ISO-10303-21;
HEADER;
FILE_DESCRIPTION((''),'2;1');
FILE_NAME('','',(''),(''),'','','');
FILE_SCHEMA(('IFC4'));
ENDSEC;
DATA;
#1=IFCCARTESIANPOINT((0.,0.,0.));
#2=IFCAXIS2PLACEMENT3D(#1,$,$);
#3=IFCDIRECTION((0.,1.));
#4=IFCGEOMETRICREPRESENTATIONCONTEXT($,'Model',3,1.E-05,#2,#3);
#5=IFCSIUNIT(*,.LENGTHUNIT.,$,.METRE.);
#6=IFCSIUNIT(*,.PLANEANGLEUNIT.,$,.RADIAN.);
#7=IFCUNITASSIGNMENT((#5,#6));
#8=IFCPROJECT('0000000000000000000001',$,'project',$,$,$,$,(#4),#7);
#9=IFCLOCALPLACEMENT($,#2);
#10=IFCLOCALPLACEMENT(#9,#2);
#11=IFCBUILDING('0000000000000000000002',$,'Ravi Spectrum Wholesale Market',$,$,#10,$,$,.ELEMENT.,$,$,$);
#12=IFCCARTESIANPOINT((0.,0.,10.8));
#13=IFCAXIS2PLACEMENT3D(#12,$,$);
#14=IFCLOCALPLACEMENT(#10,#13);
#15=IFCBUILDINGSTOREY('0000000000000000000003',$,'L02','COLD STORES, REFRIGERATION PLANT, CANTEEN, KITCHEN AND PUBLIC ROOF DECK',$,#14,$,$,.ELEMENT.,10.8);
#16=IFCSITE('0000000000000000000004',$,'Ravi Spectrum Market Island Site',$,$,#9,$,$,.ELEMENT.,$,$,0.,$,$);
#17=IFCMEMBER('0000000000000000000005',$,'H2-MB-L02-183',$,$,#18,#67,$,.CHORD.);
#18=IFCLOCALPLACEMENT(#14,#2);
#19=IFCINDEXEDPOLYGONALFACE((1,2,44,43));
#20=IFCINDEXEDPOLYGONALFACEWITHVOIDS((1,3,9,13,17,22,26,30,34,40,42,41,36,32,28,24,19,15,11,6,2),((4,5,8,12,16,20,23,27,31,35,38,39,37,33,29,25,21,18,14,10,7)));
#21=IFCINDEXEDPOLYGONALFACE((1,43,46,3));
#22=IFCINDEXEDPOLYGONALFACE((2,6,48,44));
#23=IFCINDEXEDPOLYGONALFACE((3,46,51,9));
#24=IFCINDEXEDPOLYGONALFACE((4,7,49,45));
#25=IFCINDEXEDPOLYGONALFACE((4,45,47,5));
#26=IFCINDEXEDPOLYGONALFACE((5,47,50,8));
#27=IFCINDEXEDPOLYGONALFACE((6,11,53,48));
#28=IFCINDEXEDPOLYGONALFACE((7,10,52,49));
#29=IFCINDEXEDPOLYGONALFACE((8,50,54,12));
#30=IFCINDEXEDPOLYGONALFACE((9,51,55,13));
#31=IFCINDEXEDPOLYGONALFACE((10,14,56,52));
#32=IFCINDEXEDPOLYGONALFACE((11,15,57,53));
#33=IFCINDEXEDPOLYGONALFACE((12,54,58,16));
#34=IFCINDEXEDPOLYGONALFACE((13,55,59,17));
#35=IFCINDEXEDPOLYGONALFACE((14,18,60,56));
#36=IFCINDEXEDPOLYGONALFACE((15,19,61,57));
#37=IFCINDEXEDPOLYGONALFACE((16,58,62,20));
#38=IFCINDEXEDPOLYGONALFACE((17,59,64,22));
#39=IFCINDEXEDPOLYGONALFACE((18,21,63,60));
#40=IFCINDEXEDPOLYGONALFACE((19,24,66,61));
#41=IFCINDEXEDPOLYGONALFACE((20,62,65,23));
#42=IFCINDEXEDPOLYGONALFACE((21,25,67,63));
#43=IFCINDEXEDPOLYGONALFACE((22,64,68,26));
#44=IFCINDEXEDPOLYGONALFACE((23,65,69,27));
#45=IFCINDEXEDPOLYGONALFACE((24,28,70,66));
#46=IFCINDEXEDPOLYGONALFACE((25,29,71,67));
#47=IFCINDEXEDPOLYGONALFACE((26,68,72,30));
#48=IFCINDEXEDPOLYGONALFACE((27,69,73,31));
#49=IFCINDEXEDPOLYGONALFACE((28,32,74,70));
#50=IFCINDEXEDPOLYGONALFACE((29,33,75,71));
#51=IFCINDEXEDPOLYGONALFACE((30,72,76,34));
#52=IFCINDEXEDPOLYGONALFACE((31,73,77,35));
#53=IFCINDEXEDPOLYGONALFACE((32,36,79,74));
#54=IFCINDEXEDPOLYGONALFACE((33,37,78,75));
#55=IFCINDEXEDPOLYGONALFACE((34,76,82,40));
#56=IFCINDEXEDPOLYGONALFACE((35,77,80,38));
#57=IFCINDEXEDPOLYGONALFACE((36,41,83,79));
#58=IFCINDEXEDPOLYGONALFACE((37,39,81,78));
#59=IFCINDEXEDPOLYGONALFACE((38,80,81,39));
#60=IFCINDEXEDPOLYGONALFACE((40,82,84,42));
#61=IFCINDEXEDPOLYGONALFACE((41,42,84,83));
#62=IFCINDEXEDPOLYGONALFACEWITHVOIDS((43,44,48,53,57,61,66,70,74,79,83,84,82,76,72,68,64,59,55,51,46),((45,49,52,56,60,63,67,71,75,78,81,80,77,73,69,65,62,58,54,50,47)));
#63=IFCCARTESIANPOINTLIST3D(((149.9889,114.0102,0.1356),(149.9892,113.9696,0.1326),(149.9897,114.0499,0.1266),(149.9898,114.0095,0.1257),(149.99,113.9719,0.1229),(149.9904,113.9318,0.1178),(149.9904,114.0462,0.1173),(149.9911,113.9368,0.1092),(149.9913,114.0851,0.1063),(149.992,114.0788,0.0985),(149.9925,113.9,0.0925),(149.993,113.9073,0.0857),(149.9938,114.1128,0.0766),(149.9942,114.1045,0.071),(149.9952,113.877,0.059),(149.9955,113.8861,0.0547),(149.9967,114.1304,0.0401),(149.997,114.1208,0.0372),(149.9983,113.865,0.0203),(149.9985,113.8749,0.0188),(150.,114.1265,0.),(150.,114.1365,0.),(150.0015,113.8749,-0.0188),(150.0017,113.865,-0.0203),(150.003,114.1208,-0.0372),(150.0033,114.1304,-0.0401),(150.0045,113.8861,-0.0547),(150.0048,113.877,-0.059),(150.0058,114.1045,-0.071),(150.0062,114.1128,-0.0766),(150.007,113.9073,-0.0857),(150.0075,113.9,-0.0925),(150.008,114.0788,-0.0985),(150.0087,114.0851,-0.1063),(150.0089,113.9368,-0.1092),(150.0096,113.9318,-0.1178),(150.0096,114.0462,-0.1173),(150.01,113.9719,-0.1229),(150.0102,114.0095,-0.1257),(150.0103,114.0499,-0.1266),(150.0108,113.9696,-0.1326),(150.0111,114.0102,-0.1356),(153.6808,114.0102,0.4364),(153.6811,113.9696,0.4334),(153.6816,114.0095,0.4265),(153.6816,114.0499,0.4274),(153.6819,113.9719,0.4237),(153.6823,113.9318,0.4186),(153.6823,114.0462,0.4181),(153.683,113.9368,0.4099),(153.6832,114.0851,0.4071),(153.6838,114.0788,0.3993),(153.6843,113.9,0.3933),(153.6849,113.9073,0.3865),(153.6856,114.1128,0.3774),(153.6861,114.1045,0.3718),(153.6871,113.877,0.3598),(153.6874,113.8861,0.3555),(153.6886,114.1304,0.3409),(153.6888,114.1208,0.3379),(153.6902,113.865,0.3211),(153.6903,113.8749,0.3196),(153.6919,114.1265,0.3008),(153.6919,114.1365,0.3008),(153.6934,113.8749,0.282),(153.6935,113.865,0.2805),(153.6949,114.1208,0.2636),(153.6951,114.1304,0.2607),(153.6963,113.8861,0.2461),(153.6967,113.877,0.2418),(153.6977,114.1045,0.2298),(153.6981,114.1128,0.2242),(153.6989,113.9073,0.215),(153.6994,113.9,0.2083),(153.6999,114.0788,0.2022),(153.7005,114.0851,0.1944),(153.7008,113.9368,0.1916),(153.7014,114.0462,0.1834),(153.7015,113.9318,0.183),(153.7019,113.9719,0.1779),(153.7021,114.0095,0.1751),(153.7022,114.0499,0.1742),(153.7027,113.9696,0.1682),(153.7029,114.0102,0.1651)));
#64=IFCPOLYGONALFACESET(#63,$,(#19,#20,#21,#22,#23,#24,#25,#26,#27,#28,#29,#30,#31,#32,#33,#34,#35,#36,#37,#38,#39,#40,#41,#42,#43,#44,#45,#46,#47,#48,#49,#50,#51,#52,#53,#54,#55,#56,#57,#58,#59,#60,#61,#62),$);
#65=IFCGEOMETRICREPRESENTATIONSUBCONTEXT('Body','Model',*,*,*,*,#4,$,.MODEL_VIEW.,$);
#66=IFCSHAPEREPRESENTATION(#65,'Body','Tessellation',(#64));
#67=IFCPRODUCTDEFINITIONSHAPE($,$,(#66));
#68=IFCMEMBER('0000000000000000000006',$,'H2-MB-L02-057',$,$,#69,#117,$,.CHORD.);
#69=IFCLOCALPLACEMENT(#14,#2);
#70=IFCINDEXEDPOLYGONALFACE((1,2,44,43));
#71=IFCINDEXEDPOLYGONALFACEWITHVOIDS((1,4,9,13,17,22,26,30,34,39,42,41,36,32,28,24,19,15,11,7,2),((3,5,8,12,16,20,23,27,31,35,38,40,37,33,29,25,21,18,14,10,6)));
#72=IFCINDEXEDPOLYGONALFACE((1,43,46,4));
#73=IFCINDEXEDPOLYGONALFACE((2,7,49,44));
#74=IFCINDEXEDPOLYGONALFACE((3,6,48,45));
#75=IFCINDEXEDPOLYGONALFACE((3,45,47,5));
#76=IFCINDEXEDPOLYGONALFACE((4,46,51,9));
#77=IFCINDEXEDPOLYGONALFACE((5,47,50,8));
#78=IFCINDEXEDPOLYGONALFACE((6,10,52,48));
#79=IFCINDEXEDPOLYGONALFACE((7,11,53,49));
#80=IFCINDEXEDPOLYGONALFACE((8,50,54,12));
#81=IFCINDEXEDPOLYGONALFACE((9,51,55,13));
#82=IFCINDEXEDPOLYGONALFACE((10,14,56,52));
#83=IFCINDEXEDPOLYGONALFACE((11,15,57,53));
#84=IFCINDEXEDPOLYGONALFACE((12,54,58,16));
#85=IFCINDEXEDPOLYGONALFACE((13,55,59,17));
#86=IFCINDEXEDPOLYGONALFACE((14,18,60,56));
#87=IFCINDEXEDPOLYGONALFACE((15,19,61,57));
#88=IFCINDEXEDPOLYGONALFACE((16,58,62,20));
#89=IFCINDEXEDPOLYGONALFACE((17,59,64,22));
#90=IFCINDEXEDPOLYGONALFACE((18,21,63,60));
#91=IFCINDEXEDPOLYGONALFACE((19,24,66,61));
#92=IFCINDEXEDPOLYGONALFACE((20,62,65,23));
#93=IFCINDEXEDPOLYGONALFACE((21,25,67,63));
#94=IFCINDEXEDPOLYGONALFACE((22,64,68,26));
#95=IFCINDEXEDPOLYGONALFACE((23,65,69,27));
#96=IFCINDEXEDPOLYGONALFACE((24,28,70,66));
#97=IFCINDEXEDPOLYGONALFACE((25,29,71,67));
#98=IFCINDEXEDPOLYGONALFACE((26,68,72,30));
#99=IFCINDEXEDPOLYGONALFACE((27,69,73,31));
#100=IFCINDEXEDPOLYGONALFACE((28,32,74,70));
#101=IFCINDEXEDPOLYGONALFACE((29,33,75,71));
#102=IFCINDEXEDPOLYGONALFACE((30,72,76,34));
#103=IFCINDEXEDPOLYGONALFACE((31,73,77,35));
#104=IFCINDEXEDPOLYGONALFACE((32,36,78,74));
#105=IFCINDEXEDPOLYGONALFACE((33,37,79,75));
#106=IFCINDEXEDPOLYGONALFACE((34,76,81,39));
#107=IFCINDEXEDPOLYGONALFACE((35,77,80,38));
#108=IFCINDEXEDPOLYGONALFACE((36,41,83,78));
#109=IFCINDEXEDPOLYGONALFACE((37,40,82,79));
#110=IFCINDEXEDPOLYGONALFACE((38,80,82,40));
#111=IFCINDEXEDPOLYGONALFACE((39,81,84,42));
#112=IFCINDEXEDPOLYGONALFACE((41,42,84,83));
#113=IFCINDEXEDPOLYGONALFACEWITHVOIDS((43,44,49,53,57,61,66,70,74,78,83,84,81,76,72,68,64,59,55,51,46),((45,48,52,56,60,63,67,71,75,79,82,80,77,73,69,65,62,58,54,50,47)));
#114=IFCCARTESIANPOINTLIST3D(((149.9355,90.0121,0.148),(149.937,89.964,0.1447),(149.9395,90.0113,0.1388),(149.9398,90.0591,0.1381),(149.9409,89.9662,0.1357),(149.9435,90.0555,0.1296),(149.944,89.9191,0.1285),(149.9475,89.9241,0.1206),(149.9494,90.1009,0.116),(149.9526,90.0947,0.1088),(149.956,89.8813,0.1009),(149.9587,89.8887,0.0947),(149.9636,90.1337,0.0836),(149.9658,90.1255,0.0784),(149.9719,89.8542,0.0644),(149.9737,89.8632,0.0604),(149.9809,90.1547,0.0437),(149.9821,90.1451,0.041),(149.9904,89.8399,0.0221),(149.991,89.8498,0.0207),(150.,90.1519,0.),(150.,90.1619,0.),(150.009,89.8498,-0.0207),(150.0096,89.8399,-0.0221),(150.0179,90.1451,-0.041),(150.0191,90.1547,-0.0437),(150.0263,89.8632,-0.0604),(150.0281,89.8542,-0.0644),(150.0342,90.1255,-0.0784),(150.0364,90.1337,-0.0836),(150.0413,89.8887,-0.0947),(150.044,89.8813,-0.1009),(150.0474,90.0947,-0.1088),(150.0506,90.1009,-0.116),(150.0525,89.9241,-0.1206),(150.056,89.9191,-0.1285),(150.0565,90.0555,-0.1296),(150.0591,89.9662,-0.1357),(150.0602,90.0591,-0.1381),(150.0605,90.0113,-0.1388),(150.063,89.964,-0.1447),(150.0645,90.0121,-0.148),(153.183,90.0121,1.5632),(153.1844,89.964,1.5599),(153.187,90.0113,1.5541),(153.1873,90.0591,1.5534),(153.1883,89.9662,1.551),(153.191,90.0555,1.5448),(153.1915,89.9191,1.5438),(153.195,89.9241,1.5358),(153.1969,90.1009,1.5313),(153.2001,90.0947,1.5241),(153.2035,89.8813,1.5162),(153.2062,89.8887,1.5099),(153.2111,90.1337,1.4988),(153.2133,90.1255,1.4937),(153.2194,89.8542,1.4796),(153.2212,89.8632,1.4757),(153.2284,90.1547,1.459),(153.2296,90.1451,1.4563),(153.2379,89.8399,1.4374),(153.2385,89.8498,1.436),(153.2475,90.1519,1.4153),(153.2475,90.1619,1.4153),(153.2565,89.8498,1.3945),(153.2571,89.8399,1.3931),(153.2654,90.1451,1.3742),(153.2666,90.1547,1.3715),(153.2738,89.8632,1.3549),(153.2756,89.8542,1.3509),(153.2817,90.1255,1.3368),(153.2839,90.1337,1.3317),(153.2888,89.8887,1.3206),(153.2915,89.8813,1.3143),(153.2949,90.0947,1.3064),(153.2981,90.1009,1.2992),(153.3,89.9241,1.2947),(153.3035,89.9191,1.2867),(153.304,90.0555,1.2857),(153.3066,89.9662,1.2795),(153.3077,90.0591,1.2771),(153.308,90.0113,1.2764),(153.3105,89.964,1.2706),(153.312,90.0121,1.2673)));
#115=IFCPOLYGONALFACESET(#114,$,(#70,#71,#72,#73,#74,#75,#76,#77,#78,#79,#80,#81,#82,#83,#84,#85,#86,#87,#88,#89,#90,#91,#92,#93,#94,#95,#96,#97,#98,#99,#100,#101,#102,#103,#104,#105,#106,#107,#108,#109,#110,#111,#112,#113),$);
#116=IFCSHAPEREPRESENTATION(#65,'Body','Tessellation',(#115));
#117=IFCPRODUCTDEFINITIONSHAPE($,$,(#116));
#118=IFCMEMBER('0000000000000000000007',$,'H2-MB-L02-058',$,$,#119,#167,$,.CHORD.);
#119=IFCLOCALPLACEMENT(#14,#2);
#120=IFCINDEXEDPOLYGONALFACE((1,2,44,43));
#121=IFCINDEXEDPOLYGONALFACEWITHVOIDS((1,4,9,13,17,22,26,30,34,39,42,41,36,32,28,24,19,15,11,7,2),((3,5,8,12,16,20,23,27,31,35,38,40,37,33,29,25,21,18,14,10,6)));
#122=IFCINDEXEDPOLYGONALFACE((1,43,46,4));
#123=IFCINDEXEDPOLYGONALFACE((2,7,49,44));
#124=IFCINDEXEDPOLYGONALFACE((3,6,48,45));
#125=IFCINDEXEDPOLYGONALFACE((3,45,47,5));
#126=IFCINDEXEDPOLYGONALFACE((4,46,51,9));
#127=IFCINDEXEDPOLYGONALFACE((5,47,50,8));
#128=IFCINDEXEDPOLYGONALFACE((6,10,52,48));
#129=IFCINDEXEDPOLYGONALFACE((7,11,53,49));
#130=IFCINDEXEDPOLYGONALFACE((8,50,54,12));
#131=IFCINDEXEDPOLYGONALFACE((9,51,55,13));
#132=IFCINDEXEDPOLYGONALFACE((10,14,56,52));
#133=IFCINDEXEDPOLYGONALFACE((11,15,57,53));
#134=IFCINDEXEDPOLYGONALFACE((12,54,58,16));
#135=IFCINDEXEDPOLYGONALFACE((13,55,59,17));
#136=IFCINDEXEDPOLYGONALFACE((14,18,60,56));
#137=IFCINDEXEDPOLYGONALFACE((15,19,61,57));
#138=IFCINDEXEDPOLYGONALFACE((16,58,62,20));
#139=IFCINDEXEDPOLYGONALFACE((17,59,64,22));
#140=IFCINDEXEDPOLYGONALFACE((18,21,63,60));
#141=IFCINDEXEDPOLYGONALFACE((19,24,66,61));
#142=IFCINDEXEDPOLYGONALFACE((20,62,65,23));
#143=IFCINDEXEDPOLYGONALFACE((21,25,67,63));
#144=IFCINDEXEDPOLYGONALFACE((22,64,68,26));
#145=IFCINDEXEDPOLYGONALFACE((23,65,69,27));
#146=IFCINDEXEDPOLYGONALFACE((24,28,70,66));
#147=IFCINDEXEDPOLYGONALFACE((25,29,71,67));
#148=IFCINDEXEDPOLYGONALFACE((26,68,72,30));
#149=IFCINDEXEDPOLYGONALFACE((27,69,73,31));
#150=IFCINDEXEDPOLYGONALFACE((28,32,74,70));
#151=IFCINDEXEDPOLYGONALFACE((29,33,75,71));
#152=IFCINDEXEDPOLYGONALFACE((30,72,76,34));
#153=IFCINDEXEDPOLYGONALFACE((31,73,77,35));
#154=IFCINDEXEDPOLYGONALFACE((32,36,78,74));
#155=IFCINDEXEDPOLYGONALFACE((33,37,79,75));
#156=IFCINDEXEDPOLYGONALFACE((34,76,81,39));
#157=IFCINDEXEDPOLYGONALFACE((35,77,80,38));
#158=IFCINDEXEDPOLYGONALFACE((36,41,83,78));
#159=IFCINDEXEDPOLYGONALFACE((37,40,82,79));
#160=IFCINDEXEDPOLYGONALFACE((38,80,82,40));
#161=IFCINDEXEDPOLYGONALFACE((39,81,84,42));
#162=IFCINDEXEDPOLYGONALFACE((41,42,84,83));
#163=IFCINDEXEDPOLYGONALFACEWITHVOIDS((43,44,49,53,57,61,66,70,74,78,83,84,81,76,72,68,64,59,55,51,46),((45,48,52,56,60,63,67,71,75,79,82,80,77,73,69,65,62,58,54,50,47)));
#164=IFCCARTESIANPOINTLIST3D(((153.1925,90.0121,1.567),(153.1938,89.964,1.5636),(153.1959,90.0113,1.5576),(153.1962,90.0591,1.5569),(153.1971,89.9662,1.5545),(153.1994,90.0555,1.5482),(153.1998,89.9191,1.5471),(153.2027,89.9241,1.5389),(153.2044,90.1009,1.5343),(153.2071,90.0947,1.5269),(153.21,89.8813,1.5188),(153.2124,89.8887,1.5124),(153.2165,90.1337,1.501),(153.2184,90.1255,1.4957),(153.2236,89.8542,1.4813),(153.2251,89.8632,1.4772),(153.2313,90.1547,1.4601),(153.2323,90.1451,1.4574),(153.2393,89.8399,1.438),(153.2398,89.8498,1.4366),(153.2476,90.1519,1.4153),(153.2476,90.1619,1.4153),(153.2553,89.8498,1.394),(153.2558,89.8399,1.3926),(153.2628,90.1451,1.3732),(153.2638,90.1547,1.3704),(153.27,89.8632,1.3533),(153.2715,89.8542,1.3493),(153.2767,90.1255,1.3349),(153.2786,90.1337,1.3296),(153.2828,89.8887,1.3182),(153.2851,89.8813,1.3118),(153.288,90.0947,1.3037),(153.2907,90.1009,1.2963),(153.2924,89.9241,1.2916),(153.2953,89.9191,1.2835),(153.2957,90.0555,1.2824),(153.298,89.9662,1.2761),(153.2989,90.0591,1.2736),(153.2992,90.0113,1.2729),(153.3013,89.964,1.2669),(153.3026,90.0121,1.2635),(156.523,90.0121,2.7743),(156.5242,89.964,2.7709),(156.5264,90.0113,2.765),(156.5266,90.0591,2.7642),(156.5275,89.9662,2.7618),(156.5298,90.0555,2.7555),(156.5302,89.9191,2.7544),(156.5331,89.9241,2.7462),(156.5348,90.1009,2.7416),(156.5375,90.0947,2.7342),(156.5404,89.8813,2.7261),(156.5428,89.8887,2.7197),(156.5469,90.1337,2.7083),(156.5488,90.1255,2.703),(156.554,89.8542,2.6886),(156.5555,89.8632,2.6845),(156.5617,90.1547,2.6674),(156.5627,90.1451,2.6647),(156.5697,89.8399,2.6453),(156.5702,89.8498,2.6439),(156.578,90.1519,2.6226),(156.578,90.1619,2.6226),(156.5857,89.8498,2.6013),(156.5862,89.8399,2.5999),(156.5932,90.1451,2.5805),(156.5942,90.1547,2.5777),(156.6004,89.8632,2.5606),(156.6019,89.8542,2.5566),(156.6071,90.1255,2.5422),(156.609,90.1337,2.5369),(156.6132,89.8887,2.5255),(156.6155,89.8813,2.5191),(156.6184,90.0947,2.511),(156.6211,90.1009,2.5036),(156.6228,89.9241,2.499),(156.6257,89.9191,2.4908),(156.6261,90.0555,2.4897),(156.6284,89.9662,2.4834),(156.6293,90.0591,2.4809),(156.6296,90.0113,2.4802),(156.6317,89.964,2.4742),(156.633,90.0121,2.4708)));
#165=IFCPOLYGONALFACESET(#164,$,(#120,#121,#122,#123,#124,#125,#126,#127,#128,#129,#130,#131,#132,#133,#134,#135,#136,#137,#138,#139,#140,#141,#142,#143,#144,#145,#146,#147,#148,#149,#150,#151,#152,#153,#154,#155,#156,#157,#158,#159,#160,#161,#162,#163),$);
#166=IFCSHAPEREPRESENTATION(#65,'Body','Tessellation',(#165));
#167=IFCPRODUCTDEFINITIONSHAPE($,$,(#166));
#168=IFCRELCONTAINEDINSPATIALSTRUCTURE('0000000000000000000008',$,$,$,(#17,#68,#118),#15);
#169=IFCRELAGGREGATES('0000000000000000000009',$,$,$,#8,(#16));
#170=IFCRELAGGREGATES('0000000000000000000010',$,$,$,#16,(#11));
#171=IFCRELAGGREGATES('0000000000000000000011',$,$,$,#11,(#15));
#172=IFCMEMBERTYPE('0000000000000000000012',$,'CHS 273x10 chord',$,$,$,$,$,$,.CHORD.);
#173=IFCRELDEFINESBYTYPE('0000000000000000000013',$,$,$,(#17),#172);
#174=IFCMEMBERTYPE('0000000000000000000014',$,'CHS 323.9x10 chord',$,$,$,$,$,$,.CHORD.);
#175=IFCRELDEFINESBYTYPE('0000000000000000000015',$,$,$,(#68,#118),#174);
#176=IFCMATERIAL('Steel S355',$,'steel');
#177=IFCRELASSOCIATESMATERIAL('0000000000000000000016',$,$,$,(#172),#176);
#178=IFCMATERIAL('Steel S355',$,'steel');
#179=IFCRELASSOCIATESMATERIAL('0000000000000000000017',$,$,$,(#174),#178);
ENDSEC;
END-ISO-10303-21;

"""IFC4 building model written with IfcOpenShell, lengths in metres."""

from ifc_helpers import new_model, si_unit, direction, frame, origin, origin_2d, place, context, subcontext, project, spatial, hollow_circle, extrude, material, material_profile, profile_set, type_object, element, save


model = new_model("IFC4")

# Units and contexts
model_context = context("Model", 3, precision=1e-05, world=origin(), true_north=direction((0.0, 1.0)))
body_context = subcontext(model_context, "Body", "Model", "MODEL_VIEW")
ifc_project = project(units=[si_unit("LENGTHUNIT", "METRE"), si_unit("PLANEANGLEUNIT", "RADIAN")], contexts=[model_context])

# Site, building, storey
site_placement = place(None, origin())
site = spatial("IfcSite", under=ifc_project, at=site_placement, Name="Ravi Spectrum Market Island Site", CompositionType="ELEMENT", RefElevation=0.0)
building_placement = place(site_placement, origin())
building = spatial("IfcBuilding", under=site, at=building_placement, Name="Ravi Spectrum Wholesale Market", CompositionType="ELEMENT")
storey_placement = place(building_placement, frame((0.0, 0.0, 10.8)))
storey = spatial("IfcBuildingStorey", under=building, at=storey_placement, Name="L02", Description="COLD STORES, REFRIGERATION PLANT, CANTEEN, KITCHEN AND PUBLIC ROOF DECK", CompositionType="ELEMENT", Elevation=10.8)

# Members
ifc_material_1 = material(Name="Steel S355", Category="steel")
ifc_material_profile_1 = material_profile(ifc_material_1, hollow_circle(Radius=0.1365, WallThickness=0.01, at=origin_2d()))
ifc_profile_set_1 = profile_set([ifc_material_profile_1], Name="Steel S355")
member_type_1 = type_object("IfcMemberType", Name="CHS 273x10 chord", PredefinedType="CHORD", material=ifc_profile_set_1)
for number, where, z_axis, x_axis, name in (
    (1, (150.0, 114.0, 0.0), (0.996698, 0.0, 0.081202), (0.0, 1.0, 0.0), "H2-MB-L02-183"),
):
    element("IfcMember", number, at=place(storey_placement, frame(where, z_axis=z_axis, x_axis=x_axis)), inside=storey, type_object=member_type_1, Name=name, PredefinedType="CHORD", context=body_context, shape_type="SweptSolid", body=[
        extrude(hollow_circle(Radius=0.1365, WallThickness=0.01, at=origin_2d()), origin(), (0.0, 0.0, 1.0), 3.7041),
    ])
ifc_material_2 = material(Name="Steel S355", Category="steel")
ifc_material_profile_2 = material_profile(ifc_material_2, hollow_circle(Radius=0.1619, WallThickness=0.01, at=origin_2d()))
ifc_profile_set_2 = profile_set([ifc_material_profile_2], Name="Steel S355")
member_type_2 = type_object("IfcMemberType", Name="CHS 323.9x10 chord", PredefinedType="CHORD", material=ifc_profile_set_2)
for number, where, z_axis, x_axis, name in (
    (2, (150.0, 90.0, 0.0), (0.916729, 0.0, 0.39951), (0.0, 1.0, 0.0), "H2-MB-L02-057"),
    (3, (153.2476, 90.0, 1.4153), (0.940133, 0.0, 0.340808), (0.0, 1.0, 0.0), "H2-MB-L02-058"),
):
    element("IfcMember", number, at=place(storey_placement, frame(where, z_axis=z_axis, x_axis=x_axis)), inside=storey, type_object=member_type_2, Name=name, PredefinedType="CHORD", context=body_context, shape_type="SweptSolid", body=[
        extrude(hollow_circle(Radius=0.1619, WallThickness=0.01, at=origin_2d()), origin(), (0.0, 0.0, 1.0), 3.5425),
    ])

save(model, "model.ifc")
